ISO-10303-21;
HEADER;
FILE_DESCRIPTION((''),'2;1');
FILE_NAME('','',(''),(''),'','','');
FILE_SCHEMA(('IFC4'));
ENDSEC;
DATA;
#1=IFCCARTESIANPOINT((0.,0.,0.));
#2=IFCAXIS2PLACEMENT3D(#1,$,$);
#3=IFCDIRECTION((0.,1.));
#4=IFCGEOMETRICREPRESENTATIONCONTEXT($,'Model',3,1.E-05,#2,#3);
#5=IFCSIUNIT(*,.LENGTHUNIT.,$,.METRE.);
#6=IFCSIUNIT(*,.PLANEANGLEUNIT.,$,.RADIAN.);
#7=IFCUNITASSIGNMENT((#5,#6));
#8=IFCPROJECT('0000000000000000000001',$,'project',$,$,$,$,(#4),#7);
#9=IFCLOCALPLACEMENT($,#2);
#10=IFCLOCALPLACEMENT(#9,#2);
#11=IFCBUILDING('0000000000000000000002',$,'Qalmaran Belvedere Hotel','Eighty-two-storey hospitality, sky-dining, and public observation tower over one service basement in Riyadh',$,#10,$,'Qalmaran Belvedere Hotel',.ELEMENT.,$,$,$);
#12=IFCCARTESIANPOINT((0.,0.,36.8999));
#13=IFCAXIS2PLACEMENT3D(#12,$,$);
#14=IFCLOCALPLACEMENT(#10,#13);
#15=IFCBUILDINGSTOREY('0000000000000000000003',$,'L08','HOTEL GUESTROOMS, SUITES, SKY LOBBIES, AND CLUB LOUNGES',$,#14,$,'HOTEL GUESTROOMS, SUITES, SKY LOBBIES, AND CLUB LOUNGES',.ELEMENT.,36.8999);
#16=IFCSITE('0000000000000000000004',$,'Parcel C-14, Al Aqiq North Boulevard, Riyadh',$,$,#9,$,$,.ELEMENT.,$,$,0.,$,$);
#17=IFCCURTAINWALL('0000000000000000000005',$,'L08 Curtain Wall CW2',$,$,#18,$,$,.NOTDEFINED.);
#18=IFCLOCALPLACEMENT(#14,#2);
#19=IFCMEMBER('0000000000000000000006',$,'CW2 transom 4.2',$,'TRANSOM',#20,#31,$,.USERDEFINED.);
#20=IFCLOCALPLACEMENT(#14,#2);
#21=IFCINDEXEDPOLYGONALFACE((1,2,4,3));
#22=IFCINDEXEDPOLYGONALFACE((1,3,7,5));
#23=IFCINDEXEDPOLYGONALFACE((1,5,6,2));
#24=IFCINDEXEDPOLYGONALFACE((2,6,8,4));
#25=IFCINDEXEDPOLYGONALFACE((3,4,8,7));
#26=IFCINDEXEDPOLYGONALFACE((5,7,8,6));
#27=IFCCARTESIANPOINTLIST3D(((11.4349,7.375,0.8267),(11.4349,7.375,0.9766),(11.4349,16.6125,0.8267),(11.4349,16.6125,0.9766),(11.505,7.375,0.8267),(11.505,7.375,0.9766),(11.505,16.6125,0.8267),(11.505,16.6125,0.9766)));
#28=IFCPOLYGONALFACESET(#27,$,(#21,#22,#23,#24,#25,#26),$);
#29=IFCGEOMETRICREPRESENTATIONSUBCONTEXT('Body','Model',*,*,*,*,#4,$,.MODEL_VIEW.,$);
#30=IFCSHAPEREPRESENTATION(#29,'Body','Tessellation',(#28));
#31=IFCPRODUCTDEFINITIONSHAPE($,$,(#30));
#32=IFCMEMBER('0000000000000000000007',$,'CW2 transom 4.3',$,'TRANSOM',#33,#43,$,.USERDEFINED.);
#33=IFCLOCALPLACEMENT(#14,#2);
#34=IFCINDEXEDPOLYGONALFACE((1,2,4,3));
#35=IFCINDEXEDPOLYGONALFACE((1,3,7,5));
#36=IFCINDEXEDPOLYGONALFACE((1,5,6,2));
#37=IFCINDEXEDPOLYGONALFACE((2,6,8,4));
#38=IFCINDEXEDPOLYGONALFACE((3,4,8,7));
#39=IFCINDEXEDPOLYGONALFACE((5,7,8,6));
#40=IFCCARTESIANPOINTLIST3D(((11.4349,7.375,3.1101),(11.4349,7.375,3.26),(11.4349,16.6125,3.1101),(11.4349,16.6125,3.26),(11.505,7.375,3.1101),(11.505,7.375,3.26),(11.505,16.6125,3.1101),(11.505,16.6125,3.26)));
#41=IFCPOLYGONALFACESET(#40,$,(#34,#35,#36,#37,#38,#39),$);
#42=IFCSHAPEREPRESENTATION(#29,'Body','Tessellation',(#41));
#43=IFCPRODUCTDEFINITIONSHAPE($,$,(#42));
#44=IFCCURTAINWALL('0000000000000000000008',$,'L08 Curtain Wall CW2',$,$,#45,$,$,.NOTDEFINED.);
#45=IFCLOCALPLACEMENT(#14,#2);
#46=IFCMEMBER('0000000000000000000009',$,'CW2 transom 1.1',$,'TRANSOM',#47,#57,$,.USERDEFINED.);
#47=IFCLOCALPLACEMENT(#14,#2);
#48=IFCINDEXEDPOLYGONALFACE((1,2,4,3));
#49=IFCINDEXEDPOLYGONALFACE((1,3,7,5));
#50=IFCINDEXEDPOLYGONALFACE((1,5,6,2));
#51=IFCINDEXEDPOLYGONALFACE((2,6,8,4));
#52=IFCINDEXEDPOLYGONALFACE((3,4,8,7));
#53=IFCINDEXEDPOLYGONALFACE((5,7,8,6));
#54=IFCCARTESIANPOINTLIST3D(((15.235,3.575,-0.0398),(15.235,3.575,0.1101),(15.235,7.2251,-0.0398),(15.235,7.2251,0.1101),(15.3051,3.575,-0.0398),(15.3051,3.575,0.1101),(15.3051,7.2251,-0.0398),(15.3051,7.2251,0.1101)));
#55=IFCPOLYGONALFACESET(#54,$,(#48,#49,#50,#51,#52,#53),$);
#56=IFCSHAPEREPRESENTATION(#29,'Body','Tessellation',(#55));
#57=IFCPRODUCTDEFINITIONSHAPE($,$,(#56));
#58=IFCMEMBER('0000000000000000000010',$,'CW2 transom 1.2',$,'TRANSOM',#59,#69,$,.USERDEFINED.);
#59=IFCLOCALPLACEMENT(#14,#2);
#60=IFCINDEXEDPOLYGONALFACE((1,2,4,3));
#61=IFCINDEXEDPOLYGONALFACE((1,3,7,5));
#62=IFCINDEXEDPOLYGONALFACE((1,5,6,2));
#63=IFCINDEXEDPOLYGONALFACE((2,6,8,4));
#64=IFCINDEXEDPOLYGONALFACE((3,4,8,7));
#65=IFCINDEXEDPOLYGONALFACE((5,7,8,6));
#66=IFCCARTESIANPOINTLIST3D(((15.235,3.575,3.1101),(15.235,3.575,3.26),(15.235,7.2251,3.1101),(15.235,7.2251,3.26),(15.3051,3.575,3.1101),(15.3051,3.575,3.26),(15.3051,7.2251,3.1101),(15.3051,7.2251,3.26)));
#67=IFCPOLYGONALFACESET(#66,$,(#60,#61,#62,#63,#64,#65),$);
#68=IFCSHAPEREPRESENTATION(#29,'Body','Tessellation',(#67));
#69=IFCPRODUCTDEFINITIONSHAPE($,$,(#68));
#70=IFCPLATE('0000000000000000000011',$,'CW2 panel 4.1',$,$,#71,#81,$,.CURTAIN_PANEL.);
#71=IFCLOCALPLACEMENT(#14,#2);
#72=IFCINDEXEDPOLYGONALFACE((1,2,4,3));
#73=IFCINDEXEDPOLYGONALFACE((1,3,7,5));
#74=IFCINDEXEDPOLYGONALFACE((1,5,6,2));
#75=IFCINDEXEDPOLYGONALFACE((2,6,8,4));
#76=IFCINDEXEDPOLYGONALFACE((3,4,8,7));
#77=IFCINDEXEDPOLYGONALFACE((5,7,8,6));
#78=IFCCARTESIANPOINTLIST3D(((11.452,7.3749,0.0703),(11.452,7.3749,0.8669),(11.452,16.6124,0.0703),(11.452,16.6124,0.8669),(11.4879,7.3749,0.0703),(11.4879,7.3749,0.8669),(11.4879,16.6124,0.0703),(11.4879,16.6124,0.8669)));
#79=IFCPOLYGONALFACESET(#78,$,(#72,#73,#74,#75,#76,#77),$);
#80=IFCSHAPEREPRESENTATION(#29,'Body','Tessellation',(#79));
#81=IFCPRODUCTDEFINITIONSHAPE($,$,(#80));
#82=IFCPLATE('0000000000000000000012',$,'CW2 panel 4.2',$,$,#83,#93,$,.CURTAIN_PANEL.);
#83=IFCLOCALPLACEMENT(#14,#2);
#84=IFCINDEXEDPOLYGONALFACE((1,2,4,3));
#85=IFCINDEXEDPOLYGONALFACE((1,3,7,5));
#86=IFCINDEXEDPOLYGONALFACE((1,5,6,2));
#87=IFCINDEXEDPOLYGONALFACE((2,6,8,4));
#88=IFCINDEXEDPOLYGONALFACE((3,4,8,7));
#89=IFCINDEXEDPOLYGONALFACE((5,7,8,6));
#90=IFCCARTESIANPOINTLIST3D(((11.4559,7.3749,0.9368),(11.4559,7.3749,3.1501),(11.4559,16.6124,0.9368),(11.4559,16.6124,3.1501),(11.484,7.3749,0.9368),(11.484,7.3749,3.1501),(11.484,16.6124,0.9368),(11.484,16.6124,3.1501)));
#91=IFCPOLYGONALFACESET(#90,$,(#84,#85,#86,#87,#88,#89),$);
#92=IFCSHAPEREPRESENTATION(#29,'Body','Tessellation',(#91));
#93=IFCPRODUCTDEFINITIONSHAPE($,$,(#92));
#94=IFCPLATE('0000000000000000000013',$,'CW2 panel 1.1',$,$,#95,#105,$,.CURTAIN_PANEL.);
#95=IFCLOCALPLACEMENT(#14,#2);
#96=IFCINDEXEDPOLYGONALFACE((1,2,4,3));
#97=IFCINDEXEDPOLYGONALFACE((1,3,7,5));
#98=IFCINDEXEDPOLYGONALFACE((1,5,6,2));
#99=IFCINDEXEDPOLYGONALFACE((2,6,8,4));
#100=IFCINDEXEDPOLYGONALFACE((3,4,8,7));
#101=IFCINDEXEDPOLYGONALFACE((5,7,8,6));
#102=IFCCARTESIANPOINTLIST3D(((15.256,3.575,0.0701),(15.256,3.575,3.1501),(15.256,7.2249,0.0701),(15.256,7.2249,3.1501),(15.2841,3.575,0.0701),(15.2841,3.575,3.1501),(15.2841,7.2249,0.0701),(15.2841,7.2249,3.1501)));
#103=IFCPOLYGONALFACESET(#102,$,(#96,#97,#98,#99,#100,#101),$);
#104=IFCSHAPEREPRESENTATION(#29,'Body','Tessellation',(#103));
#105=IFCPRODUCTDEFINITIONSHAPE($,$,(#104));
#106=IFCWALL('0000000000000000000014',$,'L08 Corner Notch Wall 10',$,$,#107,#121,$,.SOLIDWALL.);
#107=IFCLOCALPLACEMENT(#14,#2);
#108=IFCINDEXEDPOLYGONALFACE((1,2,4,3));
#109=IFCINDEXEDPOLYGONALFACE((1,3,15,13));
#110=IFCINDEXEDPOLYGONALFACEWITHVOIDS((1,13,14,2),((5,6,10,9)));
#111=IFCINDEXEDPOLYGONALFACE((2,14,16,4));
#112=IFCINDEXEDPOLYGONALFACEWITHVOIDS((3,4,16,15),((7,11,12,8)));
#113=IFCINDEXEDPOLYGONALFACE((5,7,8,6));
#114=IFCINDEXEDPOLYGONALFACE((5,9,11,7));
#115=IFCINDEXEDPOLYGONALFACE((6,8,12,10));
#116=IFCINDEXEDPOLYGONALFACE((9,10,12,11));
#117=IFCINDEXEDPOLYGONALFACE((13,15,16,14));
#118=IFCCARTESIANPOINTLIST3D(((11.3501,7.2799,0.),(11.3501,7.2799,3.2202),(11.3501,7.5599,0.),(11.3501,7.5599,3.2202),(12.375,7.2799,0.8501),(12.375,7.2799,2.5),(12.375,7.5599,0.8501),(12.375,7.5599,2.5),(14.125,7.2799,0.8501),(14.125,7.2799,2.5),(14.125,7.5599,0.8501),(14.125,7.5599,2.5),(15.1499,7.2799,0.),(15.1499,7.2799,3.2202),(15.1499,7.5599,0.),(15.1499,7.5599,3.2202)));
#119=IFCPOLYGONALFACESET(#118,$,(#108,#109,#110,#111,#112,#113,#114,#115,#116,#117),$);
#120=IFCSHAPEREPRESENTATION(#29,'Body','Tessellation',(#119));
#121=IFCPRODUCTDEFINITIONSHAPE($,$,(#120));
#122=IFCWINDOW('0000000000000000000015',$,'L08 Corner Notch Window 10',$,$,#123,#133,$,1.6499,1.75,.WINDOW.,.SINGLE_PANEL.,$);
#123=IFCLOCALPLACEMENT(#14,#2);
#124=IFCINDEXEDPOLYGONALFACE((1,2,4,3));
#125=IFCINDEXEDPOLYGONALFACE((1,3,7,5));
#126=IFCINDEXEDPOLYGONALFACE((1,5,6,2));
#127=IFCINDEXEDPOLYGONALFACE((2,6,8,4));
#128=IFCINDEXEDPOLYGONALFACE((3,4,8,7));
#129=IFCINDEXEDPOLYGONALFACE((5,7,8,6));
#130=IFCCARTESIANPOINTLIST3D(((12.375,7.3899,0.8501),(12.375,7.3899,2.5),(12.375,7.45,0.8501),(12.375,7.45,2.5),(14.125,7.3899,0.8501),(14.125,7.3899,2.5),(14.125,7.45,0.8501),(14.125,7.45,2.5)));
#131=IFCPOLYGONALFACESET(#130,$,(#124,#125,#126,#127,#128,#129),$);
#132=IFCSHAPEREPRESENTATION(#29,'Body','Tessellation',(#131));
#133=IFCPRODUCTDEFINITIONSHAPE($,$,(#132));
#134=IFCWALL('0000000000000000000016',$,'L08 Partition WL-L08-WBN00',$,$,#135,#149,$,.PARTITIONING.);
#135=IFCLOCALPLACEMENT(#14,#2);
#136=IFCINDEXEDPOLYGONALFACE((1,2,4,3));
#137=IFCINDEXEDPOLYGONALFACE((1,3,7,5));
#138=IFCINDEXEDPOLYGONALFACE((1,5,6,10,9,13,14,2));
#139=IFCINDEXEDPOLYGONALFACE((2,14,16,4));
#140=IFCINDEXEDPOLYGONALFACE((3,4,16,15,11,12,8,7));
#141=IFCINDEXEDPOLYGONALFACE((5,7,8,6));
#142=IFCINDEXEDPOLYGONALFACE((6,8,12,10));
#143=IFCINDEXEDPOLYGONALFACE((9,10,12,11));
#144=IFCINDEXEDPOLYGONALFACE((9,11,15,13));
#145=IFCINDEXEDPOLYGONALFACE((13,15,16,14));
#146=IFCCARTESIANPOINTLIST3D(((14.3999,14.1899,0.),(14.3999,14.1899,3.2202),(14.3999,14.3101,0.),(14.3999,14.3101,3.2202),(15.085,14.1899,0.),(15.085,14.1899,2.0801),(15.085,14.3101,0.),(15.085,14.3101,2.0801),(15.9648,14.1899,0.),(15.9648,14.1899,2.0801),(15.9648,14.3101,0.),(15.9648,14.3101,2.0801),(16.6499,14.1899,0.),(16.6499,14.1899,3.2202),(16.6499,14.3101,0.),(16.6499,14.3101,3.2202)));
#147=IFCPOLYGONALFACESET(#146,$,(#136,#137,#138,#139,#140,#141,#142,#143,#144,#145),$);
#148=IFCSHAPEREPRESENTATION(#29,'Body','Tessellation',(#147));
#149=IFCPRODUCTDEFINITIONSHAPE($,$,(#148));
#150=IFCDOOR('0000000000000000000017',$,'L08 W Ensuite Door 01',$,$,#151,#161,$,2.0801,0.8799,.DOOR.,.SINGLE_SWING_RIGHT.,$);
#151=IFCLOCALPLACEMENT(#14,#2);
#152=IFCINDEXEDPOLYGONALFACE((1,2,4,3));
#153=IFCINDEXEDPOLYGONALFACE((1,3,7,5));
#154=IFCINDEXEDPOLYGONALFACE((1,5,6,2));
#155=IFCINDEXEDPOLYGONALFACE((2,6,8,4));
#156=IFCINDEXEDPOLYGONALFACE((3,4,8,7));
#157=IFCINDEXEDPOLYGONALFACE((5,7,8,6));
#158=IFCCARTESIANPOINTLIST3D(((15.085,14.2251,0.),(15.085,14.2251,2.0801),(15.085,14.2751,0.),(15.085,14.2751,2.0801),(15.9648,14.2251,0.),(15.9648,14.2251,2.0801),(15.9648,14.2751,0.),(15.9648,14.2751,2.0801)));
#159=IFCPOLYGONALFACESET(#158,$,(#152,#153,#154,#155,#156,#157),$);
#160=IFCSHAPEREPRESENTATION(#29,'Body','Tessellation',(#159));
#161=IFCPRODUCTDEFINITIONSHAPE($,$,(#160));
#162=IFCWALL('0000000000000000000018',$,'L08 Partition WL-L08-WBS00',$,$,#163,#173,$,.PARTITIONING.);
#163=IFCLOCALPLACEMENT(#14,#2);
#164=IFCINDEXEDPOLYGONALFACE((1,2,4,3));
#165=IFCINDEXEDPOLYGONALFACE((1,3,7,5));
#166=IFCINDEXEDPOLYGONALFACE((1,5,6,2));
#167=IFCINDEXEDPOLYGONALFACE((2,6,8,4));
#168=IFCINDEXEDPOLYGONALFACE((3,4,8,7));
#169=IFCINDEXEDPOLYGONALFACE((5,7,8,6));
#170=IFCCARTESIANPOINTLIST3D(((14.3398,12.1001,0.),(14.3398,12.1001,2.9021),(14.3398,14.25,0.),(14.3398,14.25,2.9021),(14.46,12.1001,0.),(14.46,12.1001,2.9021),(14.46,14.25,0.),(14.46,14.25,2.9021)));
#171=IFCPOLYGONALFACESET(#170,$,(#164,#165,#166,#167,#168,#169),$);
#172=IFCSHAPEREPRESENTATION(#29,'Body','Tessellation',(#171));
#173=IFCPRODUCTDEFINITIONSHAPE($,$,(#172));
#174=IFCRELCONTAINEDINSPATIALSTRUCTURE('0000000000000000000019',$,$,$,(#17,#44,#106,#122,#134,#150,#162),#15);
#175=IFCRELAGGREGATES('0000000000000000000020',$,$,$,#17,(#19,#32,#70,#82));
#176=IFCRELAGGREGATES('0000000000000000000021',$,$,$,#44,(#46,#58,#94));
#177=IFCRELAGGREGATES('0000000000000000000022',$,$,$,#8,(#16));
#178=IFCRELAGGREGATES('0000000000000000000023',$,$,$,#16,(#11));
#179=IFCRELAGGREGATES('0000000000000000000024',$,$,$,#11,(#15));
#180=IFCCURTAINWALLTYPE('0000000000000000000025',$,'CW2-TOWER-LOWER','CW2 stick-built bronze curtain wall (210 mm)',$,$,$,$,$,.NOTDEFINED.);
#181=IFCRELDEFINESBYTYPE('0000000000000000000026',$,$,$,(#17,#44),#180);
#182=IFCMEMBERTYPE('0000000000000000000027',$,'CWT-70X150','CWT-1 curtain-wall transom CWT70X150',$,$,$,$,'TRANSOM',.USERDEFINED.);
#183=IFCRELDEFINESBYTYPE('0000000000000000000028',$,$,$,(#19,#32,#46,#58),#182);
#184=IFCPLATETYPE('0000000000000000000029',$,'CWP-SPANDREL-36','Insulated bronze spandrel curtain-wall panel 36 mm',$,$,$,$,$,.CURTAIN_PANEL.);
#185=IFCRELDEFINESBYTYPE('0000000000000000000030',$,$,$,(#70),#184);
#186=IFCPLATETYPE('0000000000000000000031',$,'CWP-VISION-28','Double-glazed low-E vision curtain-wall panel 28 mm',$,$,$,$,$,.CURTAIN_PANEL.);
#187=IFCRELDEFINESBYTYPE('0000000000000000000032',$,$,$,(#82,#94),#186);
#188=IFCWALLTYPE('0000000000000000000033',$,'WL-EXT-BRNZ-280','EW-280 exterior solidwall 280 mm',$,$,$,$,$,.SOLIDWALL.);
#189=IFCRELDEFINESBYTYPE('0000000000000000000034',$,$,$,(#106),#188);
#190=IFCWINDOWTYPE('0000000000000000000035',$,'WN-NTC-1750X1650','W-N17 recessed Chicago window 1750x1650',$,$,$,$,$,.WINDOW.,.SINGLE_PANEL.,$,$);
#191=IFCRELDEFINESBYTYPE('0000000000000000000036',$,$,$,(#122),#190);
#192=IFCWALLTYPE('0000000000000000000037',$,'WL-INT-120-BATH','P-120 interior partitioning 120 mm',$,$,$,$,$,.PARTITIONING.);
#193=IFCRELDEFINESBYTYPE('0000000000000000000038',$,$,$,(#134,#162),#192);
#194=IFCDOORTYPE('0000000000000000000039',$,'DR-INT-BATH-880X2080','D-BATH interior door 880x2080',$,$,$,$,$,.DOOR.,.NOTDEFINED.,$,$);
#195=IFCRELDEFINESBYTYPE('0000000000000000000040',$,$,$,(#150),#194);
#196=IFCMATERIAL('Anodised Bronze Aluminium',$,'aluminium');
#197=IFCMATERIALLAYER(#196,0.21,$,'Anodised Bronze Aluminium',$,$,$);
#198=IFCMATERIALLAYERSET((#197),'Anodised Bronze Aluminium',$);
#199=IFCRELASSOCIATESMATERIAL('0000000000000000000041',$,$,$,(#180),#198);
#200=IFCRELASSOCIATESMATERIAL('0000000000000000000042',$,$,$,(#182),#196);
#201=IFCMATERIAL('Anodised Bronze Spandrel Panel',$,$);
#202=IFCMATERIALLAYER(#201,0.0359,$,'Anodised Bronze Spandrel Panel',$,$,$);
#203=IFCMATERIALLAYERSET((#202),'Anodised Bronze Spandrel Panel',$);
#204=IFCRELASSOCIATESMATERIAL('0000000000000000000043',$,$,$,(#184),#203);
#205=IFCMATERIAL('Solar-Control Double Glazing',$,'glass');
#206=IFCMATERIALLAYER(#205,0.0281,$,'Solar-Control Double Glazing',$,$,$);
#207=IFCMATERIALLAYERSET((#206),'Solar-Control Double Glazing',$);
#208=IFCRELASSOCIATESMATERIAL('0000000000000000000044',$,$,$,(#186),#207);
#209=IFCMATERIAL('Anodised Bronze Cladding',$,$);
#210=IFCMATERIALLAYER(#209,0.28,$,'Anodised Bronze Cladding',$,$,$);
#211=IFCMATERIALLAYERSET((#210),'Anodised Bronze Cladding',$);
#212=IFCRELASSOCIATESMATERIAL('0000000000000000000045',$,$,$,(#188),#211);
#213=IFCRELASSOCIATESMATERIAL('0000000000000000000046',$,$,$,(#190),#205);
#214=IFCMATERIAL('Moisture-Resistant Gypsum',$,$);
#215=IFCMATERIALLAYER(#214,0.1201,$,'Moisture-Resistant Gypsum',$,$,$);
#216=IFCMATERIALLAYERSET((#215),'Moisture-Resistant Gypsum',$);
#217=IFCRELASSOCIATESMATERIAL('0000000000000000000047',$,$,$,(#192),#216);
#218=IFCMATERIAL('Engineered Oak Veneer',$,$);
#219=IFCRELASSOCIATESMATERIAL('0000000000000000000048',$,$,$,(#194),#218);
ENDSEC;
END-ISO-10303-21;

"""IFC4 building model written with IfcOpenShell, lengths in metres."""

from ifc_helpers import new_model, si_unit, direction, frame, frame_2d, origin, origin_2d, place, context, subcontext, project, spatial, rectangle, extrude, material, layer, layer_set, material_profile, profile_set, type_object, element, fill, aggregate, save


model = new_model("IFC4")

# Units and contexts
model_context = context("Model", 3, precision=1e-05, world=origin(), true_north=direction((0.0, 1.0)))
body_context = subcontext(model_context, "Body", "Model", "MODEL_VIEW")
ifc_project = project(units=[si_unit("LENGTHUNIT", "METRE"), si_unit("PLANEANGLEUNIT", "RADIAN")], contexts=[model_context])

# Site, building, storey
site_placement = place(None, origin())
site = spatial("IfcSite", under=ifc_project, at=site_placement, Name="Parcel C-14, Al Aqiq North Boulevard, Riyadh", CompositionType="ELEMENT", RefElevation=0.0)
building_placement = place(site_placement, origin())
building = spatial("IfcBuilding", under=site, at=building_placement, Name="Qalmaran Belvedere Hotel", Description="Eighty-two-storey hospitality, sky-dining, and public observation tower over one service basement in Riyadh", LongName="Qalmaran Belvedere Hotel", CompositionType="ELEMENT")
storey_placement = place(building_placement, frame((0.0, 0.0, 36.8999)))
storey = spatial("IfcBuildingStorey", under=building, at=storey_placement, Name="L08", Description="HOTEL GUESTROOMS, SUITES, SKY LOBBIES, AND CLUB LOUNGES", LongName="HOTEL GUESTROOMS, SUITES, SKY LOBBIES, AND CLUB LOUNGES", CompositionType="ELEMENT", Elevation=36.8999)

# Curtain walls, members
ifc_material_1 = material(Name="Anodised Bronze Aluminium", Category="aluminium")
ifc_layer_1 = layer(ifc_material_1, 0.21, Name="Anodised Bronze Aluminium")
ifc_layer_set_1 = layer_set([ifc_layer_1], Name="Anodised Bronze Aluminium")
curtain_wall_type = type_object("IfcCurtainWallType", Name="CW2-TOWER-LOWER", Description="CW2 stick-built bronze curtain wall (210 mm)", PredefinedType="NOTDEFINED", material=ifc_layer_set_1)
curtain_wall_1_placement = place(storey_placement, origin())
curtain_wall_1 = element("IfcCurtainWall", 1, at=curtain_wall_1_placement, inside=storey, type_object=curtain_wall_type, Name="L08 Curtain Wall CW2", PredefinedType="NOTDEFINED")
ifc_material_profile_1 = material_profile(ifc_material_1, rectangle(XDim=0.0701, YDim=0.1499, at=origin_2d()), Name="CWT70X150")
ifc_profile_set_1 = profile_set([ifc_material_profile_1], Name="Anodised Bronze Aluminium")
member_type_1 = type_object("IfcMemberType", Name="CWT-70X150", Description="CWT-1 curtain-wall transom CWT70X150", ElementType="TRANSOM", PredefinedType="USERDEFINED", material=ifc_profile_set_1)
member_1_placement = place(storey_placement, frame((11.47, 16.6125, 0.9016), z_axis=(0.0, -1.0, 0.0), x_axis=(1.0, 0.0, 0.0)))
member_1 = element("IfcMember", 2, at=member_1_placement, type_object=member_type_1, Name="CW2 transom 4.2", ObjectType="TRANSOM", PredefinedType="USERDEFINED", context=body_context, shape_type="SweptSolid", body=[
    extrude(rectangle(XDim=0.0701, YDim=0.1499, at=origin_2d()), origin(), (0.0, 0.0, 1.0), 9.2375),
])
member_2_placement = place(storey_placement, frame((11.47, 16.6125, 3.1851), z_axis=(0.0, -1.0, 0.0), x_axis=(1.0, 0.0, 0.0)))
member_2 = element("IfcMember", 3, at=member_2_placement, type_object=member_type_1, Name="CW2 transom 4.3", ObjectType="TRANSOM", PredefinedType="USERDEFINED", context=body_context, shape_type="SweptSolid", body=[
    extrude(rectangle(XDim=0.0701, YDim=0.1499, at=origin_2d()), origin(), (0.0, 0.0, 1.0), 9.2375),
])
curtain_wall_2_placement = place(storey_placement, origin())
curtain_wall_2 = element("IfcCurtainWall", 4, at=curtain_wall_2_placement, inside=storey, type_object=curtain_wall_type, Name="L08 Curtain Wall CW2", PredefinedType="NOTDEFINED")
member_3_placement = place(storey_placement, frame((15.27, 7.2251, 0.0352), z_axis=(0.0, -1.0, 0.0), x_axis=(1.0, 0.0, 0.0)))
member_3 = element("IfcMember", 5, at=member_3_placement, type_object=member_type_1, Name="CW2 transom 1.1", ObjectType="TRANSOM", PredefinedType="USERDEFINED", context=body_context, shape_type="SweptSolid", body=[
    extrude(rectangle(XDim=0.0701, YDim=0.1499, at=origin_2d()), origin(), (0.0, 0.0, 1.0), 3.6501),
])
member_4_placement = place(storey_placement, frame((15.27, 7.2251, 3.1851), z_axis=(0.0, -1.0, 0.0), x_axis=(1.0, 0.0, 0.0)))
member_4 = element("IfcMember", 6, at=member_4_placement, type_object=member_type_1, Name="CW2 transom 1.2", ObjectType="TRANSOM", PredefinedType="USERDEFINED", context=body_context, shape_type="SweptSolid", body=[
    extrude(rectangle(XDim=0.0701, YDim=0.1499, at=origin_2d()), origin(), (0.0, 0.0, 1.0), 3.6501),
])

# Plates
ifc_material_2 = material(Name="Anodised Bronze Spandrel Panel")
ifc_layer_2 = layer(ifc_material_2, 0.0359, Name="Anodised Bronze Spandrel Panel")
ifc_layer_set_2 = layer_set([ifc_layer_2], Name="Anodised Bronze Spandrel Panel")
plate_type_1 = type_object("IfcPlateType", Name="CWP-SPANDREL-36", Description="Insulated bronze spandrel curtain-wall panel 36 mm", PredefinedType="CURTAIN_PANEL", material=ifc_layer_set_2)
plate_1_placement = place(storey_placement, frame((11.47, 11.9937, 0.0703), z_axis=(0.0, 0.0, 1.0), x_axis=(0.0, -1.0, 0.0)))
plate_1 = element("IfcPlate", 7, at=plate_1_placement, type_object=plate_type_1, Name="CW2 panel 4.1", PredefinedType="CURTAIN_PANEL", context=body_context, shape_type="SweptSolid", body=[
    extrude(rectangle(XDim=9.2375, YDim=0.0359, at=origin_2d()), origin(), (0.0, 0.0, 1.0), 0.7966),
])
ifc_material_3 = material(Name="Solar-Control Double Glazing", Category="glass")
ifc_layer_3 = layer(ifc_material_3, 0.0281, Name="Solar-Control Double Glazing")
ifc_layer_set_3 = layer_set([ifc_layer_3], Name="Solar-Control Double Glazing")
plate_type_2 = type_object("IfcPlateType", Name="CWP-VISION-28", Description="Double-glazed low-E vision curtain-wall panel 28 mm", PredefinedType="CURTAIN_PANEL", material=ifc_layer_set_3)
plate_2_placement = place(storey_placement, frame((11.47, 11.9937, 0.9368), z_axis=(0.0, 0.0, 1.0), x_axis=(0.0, -1.0, 0.0)))
plate_2 = element("IfcPlate", 8, at=plate_2_placement, type_object=plate_type_2, Name="CW2 panel 4.2", PredefinedType="CURTAIN_PANEL", context=body_context, shape_type="SweptSolid", body=[
    extrude(rectangle(XDim=9.2375, YDim=0.0281, at=origin_2d()), origin(), (0.0, 0.0, 1.0), 2.2134),
])
aggregate(curtain_wall_1, [member_1, member_2, plate_1, plate_2])
plate_3_placement = place(storey_placement, frame((15.27, 5.3999, 0.0701), z_axis=(0.0, 0.0, 1.0), x_axis=(0.0, -1.0, 0.0)))
plate_3 = element("IfcPlate", 9, at=plate_3_placement, type_object=plate_type_2, Name="CW2 panel 1.1", PredefinedType="CURTAIN_PANEL", context=body_context, shape_type="SweptSolid", body=[
    extrude(rectangle(XDim=3.6499, YDim=0.0281, at=origin_2d()), origin(), (0.0, 0.0, 1.0), 3.0801),
])
aggregate(curtain_wall_2, [member_3, member_4, plate_3])

# Wall, opening, window
ifc_material_4 = material(Name="Anodised Bronze Cladding")
ifc_layer_4 = layer(ifc_material_4, 0.28, Name="Anodised Bronze Cladding")
ifc_layer_set_4 = layer_set([ifc_layer_4], Name="Anodised Bronze Cladding")
wall_type_1 = type_object("IfcWallType", Name="WL-EXT-BRNZ-280", Description="EW-280 exterior solidwall 280 mm", PredefinedType="SOLIDWALL", material=ifc_layer_set_4)
wall_1_placement = place(storey_placement, frame((11.3501, 7.4199, 0.0), z_axis=(0.0, 0.0, 1.0), x_axis=(1.0, 0.0, 0.0)))
wall_1 = element("IfcWall", 10, at=wall_1_placement, inside=storey, type_object=wall_type_1, Name="L08 Corner Notch Wall 10", PredefinedType="SOLIDWALL", context=body_context, shape_type="SweptSolid", body=[
    extrude(rectangle(XDim=3.7998, YDim=0.28, at=frame_2d((1.8999, 0.0))), origin(), (0.0, 0.0, 1.0), 3.2202),
])
opening_1_placement = place(wall_1_placement, frame((1.0249, 0.0, 0.8501)))
opening_1 = element("IfcOpeningElement", 11, at=opening_1_placement, cuts=wall_1, PredefinedType="OPENING", context=body_context, shape_type="SweptSolid", body=[
    extrude(rectangle(XDim=1.75, YDim=1.6499, at=frame_2d((0.875, 0.825))), frame((0.0, 0.1499, 0.0), z_axis=(0.0, -1.0, 0.0), x_axis=(1.0, 0.0, 0.0)), (0.0, 0.0, 1.0), 0.3),
])
window_type = type_object("IfcWindowType", Name="WN-NTC-1750X1650", Description="W-N17 recessed Chicago window 1750x1650", PartitioningType="SINGLE_PANEL", PredefinedType="WINDOW", material=ifc_material_3)
window_placement = place(opening_1_placement, origin())
window = element("IfcWindow", 12, at=window_placement, inside=storey, type_object=window_type, Name="L08 Corner Notch Window 10", OverallHeight=1.6499, OverallWidth=1.75, PartitioningType="SINGLE_PANEL", PredefinedType="WINDOW", context=body_context, shape_type="SweptSolid", body=[
    extrude(rectangle(XDim=1.75, YDim=1.6499, at=frame_2d((0.875, 0.825))), frame((0.0, 0.03, 0.0), z_axis=(0.0, -1.0, 0.0), x_axis=(1.0, 0.0, 0.0)), (0.0, 0.0, 1.0), 0.0601),
])
fill(opening_1, window)

# Wall, opening, door
ifc_material_5 = material(Name="Moisture-Resistant Gypsum")
ifc_layer_5 = layer(ifc_material_5, 0.1201, Name="Moisture-Resistant Gypsum")
ifc_layer_set_5 = layer_set([ifc_layer_5], Name="Moisture-Resistant Gypsum")
wall_type_2 = type_object("IfcWallType", Name="WL-INT-120-BATH", Description="P-120 interior partitioning 120 mm", PredefinedType="PARTITIONING", material=ifc_layer_set_5)
wall_2_placement = place(storey_placement, frame((14.3999, 14.25, 0.0), z_axis=(0.0, 0.0, 1.0), x_axis=(1.0, 0.0, 0.0)))
wall_2 = element("IfcWall", 13, at=wall_2_placement, inside=storey, type_object=wall_type_2, Name="L08 Partition WL-L08-WBN00", PredefinedType="PARTITIONING", context=body_context, shape_type="SweptSolid", body=[
    extrude(rectangle(XDim=2.25, YDim=0.1201, at=frame_2d((1.125, 0.0))), origin(), (0.0, 0.0, 1.0), 3.2202),
])
opening_2_placement = place(wall_2_placement, frame((1.5649, 0.0, 0.0), z_axis=(0.0, 0.0, 1.0), x_axis=(-1.0, 0.0, 0.0)))
opening_2 = element("IfcOpeningElement", 14, at=opening_2_placement, cuts=wall_2, PredefinedType="OPENING", context=body_context, shape_type="SweptSolid", body=[
    extrude(rectangle(XDim=0.8799, YDim=2.0801, at=frame_2d((0.4399, 1.04))), frame((0.0, 0.0701, 0.0), z_axis=(0.0, -1.0, 0.0), x_axis=(1.0, 0.0, 0.0)), (0.0, 0.0, 1.0), 0.1401),
])
ifc_material_6 = material(Name="Engineered Oak Veneer")
door_type = type_object("IfcDoorType", Name="DR-INT-BATH-880X2080", Description="D-BATH interior door 880x2080", OperationType="NOTDEFINED", PredefinedType="DOOR", material=ifc_material_6)
door_placement = place(opening_2_placement, origin())
door = element("IfcDoor", 15, at=door_placement, inside=storey, type_object=door_type, Name="L08 W Ensuite Door 01", OperationType="SINGLE_SWING_RIGHT", OverallHeight=2.0801, OverallWidth=0.8799, PredefinedType="DOOR", context=body_context, shape_type="SweptSolid", body=[
    extrude(rectangle(XDim=0.8799, YDim=2.0801, at=frame_2d((0.4399, 1.04))), frame((0.0, 0.0249, 0.0), z_axis=(0.0, -1.0, 0.0), x_axis=(1.0, 0.0, 0.0)), (0.0, 0.0, 1.0), 0.05),
])
fill(opening_2, door)

# Wall
wall_3_placement = place(storey_placement, frame((14.3999, 12.1001, 0.0), z_axis=(0.0, 0.0, 1.0), x_axis=(0.0, 1.0, 0.0)))
element("IfcWall", 16, at=wall_3_placement, inside=storey, type_object=wall_type_2, Name="L08 Partition WL-L08-WBS00", PredefinedType="PARTITIONING", context=body_context, shape_type="SweptSolid", body=[
    extrude(rectangle(XDim=2.1499, YDim=0.1201, at=frame_2d((1.075, 0.0))), origin(), (0.0, 0.0, 1.0), 2.9021),
])

save(model, "model.ifc")
